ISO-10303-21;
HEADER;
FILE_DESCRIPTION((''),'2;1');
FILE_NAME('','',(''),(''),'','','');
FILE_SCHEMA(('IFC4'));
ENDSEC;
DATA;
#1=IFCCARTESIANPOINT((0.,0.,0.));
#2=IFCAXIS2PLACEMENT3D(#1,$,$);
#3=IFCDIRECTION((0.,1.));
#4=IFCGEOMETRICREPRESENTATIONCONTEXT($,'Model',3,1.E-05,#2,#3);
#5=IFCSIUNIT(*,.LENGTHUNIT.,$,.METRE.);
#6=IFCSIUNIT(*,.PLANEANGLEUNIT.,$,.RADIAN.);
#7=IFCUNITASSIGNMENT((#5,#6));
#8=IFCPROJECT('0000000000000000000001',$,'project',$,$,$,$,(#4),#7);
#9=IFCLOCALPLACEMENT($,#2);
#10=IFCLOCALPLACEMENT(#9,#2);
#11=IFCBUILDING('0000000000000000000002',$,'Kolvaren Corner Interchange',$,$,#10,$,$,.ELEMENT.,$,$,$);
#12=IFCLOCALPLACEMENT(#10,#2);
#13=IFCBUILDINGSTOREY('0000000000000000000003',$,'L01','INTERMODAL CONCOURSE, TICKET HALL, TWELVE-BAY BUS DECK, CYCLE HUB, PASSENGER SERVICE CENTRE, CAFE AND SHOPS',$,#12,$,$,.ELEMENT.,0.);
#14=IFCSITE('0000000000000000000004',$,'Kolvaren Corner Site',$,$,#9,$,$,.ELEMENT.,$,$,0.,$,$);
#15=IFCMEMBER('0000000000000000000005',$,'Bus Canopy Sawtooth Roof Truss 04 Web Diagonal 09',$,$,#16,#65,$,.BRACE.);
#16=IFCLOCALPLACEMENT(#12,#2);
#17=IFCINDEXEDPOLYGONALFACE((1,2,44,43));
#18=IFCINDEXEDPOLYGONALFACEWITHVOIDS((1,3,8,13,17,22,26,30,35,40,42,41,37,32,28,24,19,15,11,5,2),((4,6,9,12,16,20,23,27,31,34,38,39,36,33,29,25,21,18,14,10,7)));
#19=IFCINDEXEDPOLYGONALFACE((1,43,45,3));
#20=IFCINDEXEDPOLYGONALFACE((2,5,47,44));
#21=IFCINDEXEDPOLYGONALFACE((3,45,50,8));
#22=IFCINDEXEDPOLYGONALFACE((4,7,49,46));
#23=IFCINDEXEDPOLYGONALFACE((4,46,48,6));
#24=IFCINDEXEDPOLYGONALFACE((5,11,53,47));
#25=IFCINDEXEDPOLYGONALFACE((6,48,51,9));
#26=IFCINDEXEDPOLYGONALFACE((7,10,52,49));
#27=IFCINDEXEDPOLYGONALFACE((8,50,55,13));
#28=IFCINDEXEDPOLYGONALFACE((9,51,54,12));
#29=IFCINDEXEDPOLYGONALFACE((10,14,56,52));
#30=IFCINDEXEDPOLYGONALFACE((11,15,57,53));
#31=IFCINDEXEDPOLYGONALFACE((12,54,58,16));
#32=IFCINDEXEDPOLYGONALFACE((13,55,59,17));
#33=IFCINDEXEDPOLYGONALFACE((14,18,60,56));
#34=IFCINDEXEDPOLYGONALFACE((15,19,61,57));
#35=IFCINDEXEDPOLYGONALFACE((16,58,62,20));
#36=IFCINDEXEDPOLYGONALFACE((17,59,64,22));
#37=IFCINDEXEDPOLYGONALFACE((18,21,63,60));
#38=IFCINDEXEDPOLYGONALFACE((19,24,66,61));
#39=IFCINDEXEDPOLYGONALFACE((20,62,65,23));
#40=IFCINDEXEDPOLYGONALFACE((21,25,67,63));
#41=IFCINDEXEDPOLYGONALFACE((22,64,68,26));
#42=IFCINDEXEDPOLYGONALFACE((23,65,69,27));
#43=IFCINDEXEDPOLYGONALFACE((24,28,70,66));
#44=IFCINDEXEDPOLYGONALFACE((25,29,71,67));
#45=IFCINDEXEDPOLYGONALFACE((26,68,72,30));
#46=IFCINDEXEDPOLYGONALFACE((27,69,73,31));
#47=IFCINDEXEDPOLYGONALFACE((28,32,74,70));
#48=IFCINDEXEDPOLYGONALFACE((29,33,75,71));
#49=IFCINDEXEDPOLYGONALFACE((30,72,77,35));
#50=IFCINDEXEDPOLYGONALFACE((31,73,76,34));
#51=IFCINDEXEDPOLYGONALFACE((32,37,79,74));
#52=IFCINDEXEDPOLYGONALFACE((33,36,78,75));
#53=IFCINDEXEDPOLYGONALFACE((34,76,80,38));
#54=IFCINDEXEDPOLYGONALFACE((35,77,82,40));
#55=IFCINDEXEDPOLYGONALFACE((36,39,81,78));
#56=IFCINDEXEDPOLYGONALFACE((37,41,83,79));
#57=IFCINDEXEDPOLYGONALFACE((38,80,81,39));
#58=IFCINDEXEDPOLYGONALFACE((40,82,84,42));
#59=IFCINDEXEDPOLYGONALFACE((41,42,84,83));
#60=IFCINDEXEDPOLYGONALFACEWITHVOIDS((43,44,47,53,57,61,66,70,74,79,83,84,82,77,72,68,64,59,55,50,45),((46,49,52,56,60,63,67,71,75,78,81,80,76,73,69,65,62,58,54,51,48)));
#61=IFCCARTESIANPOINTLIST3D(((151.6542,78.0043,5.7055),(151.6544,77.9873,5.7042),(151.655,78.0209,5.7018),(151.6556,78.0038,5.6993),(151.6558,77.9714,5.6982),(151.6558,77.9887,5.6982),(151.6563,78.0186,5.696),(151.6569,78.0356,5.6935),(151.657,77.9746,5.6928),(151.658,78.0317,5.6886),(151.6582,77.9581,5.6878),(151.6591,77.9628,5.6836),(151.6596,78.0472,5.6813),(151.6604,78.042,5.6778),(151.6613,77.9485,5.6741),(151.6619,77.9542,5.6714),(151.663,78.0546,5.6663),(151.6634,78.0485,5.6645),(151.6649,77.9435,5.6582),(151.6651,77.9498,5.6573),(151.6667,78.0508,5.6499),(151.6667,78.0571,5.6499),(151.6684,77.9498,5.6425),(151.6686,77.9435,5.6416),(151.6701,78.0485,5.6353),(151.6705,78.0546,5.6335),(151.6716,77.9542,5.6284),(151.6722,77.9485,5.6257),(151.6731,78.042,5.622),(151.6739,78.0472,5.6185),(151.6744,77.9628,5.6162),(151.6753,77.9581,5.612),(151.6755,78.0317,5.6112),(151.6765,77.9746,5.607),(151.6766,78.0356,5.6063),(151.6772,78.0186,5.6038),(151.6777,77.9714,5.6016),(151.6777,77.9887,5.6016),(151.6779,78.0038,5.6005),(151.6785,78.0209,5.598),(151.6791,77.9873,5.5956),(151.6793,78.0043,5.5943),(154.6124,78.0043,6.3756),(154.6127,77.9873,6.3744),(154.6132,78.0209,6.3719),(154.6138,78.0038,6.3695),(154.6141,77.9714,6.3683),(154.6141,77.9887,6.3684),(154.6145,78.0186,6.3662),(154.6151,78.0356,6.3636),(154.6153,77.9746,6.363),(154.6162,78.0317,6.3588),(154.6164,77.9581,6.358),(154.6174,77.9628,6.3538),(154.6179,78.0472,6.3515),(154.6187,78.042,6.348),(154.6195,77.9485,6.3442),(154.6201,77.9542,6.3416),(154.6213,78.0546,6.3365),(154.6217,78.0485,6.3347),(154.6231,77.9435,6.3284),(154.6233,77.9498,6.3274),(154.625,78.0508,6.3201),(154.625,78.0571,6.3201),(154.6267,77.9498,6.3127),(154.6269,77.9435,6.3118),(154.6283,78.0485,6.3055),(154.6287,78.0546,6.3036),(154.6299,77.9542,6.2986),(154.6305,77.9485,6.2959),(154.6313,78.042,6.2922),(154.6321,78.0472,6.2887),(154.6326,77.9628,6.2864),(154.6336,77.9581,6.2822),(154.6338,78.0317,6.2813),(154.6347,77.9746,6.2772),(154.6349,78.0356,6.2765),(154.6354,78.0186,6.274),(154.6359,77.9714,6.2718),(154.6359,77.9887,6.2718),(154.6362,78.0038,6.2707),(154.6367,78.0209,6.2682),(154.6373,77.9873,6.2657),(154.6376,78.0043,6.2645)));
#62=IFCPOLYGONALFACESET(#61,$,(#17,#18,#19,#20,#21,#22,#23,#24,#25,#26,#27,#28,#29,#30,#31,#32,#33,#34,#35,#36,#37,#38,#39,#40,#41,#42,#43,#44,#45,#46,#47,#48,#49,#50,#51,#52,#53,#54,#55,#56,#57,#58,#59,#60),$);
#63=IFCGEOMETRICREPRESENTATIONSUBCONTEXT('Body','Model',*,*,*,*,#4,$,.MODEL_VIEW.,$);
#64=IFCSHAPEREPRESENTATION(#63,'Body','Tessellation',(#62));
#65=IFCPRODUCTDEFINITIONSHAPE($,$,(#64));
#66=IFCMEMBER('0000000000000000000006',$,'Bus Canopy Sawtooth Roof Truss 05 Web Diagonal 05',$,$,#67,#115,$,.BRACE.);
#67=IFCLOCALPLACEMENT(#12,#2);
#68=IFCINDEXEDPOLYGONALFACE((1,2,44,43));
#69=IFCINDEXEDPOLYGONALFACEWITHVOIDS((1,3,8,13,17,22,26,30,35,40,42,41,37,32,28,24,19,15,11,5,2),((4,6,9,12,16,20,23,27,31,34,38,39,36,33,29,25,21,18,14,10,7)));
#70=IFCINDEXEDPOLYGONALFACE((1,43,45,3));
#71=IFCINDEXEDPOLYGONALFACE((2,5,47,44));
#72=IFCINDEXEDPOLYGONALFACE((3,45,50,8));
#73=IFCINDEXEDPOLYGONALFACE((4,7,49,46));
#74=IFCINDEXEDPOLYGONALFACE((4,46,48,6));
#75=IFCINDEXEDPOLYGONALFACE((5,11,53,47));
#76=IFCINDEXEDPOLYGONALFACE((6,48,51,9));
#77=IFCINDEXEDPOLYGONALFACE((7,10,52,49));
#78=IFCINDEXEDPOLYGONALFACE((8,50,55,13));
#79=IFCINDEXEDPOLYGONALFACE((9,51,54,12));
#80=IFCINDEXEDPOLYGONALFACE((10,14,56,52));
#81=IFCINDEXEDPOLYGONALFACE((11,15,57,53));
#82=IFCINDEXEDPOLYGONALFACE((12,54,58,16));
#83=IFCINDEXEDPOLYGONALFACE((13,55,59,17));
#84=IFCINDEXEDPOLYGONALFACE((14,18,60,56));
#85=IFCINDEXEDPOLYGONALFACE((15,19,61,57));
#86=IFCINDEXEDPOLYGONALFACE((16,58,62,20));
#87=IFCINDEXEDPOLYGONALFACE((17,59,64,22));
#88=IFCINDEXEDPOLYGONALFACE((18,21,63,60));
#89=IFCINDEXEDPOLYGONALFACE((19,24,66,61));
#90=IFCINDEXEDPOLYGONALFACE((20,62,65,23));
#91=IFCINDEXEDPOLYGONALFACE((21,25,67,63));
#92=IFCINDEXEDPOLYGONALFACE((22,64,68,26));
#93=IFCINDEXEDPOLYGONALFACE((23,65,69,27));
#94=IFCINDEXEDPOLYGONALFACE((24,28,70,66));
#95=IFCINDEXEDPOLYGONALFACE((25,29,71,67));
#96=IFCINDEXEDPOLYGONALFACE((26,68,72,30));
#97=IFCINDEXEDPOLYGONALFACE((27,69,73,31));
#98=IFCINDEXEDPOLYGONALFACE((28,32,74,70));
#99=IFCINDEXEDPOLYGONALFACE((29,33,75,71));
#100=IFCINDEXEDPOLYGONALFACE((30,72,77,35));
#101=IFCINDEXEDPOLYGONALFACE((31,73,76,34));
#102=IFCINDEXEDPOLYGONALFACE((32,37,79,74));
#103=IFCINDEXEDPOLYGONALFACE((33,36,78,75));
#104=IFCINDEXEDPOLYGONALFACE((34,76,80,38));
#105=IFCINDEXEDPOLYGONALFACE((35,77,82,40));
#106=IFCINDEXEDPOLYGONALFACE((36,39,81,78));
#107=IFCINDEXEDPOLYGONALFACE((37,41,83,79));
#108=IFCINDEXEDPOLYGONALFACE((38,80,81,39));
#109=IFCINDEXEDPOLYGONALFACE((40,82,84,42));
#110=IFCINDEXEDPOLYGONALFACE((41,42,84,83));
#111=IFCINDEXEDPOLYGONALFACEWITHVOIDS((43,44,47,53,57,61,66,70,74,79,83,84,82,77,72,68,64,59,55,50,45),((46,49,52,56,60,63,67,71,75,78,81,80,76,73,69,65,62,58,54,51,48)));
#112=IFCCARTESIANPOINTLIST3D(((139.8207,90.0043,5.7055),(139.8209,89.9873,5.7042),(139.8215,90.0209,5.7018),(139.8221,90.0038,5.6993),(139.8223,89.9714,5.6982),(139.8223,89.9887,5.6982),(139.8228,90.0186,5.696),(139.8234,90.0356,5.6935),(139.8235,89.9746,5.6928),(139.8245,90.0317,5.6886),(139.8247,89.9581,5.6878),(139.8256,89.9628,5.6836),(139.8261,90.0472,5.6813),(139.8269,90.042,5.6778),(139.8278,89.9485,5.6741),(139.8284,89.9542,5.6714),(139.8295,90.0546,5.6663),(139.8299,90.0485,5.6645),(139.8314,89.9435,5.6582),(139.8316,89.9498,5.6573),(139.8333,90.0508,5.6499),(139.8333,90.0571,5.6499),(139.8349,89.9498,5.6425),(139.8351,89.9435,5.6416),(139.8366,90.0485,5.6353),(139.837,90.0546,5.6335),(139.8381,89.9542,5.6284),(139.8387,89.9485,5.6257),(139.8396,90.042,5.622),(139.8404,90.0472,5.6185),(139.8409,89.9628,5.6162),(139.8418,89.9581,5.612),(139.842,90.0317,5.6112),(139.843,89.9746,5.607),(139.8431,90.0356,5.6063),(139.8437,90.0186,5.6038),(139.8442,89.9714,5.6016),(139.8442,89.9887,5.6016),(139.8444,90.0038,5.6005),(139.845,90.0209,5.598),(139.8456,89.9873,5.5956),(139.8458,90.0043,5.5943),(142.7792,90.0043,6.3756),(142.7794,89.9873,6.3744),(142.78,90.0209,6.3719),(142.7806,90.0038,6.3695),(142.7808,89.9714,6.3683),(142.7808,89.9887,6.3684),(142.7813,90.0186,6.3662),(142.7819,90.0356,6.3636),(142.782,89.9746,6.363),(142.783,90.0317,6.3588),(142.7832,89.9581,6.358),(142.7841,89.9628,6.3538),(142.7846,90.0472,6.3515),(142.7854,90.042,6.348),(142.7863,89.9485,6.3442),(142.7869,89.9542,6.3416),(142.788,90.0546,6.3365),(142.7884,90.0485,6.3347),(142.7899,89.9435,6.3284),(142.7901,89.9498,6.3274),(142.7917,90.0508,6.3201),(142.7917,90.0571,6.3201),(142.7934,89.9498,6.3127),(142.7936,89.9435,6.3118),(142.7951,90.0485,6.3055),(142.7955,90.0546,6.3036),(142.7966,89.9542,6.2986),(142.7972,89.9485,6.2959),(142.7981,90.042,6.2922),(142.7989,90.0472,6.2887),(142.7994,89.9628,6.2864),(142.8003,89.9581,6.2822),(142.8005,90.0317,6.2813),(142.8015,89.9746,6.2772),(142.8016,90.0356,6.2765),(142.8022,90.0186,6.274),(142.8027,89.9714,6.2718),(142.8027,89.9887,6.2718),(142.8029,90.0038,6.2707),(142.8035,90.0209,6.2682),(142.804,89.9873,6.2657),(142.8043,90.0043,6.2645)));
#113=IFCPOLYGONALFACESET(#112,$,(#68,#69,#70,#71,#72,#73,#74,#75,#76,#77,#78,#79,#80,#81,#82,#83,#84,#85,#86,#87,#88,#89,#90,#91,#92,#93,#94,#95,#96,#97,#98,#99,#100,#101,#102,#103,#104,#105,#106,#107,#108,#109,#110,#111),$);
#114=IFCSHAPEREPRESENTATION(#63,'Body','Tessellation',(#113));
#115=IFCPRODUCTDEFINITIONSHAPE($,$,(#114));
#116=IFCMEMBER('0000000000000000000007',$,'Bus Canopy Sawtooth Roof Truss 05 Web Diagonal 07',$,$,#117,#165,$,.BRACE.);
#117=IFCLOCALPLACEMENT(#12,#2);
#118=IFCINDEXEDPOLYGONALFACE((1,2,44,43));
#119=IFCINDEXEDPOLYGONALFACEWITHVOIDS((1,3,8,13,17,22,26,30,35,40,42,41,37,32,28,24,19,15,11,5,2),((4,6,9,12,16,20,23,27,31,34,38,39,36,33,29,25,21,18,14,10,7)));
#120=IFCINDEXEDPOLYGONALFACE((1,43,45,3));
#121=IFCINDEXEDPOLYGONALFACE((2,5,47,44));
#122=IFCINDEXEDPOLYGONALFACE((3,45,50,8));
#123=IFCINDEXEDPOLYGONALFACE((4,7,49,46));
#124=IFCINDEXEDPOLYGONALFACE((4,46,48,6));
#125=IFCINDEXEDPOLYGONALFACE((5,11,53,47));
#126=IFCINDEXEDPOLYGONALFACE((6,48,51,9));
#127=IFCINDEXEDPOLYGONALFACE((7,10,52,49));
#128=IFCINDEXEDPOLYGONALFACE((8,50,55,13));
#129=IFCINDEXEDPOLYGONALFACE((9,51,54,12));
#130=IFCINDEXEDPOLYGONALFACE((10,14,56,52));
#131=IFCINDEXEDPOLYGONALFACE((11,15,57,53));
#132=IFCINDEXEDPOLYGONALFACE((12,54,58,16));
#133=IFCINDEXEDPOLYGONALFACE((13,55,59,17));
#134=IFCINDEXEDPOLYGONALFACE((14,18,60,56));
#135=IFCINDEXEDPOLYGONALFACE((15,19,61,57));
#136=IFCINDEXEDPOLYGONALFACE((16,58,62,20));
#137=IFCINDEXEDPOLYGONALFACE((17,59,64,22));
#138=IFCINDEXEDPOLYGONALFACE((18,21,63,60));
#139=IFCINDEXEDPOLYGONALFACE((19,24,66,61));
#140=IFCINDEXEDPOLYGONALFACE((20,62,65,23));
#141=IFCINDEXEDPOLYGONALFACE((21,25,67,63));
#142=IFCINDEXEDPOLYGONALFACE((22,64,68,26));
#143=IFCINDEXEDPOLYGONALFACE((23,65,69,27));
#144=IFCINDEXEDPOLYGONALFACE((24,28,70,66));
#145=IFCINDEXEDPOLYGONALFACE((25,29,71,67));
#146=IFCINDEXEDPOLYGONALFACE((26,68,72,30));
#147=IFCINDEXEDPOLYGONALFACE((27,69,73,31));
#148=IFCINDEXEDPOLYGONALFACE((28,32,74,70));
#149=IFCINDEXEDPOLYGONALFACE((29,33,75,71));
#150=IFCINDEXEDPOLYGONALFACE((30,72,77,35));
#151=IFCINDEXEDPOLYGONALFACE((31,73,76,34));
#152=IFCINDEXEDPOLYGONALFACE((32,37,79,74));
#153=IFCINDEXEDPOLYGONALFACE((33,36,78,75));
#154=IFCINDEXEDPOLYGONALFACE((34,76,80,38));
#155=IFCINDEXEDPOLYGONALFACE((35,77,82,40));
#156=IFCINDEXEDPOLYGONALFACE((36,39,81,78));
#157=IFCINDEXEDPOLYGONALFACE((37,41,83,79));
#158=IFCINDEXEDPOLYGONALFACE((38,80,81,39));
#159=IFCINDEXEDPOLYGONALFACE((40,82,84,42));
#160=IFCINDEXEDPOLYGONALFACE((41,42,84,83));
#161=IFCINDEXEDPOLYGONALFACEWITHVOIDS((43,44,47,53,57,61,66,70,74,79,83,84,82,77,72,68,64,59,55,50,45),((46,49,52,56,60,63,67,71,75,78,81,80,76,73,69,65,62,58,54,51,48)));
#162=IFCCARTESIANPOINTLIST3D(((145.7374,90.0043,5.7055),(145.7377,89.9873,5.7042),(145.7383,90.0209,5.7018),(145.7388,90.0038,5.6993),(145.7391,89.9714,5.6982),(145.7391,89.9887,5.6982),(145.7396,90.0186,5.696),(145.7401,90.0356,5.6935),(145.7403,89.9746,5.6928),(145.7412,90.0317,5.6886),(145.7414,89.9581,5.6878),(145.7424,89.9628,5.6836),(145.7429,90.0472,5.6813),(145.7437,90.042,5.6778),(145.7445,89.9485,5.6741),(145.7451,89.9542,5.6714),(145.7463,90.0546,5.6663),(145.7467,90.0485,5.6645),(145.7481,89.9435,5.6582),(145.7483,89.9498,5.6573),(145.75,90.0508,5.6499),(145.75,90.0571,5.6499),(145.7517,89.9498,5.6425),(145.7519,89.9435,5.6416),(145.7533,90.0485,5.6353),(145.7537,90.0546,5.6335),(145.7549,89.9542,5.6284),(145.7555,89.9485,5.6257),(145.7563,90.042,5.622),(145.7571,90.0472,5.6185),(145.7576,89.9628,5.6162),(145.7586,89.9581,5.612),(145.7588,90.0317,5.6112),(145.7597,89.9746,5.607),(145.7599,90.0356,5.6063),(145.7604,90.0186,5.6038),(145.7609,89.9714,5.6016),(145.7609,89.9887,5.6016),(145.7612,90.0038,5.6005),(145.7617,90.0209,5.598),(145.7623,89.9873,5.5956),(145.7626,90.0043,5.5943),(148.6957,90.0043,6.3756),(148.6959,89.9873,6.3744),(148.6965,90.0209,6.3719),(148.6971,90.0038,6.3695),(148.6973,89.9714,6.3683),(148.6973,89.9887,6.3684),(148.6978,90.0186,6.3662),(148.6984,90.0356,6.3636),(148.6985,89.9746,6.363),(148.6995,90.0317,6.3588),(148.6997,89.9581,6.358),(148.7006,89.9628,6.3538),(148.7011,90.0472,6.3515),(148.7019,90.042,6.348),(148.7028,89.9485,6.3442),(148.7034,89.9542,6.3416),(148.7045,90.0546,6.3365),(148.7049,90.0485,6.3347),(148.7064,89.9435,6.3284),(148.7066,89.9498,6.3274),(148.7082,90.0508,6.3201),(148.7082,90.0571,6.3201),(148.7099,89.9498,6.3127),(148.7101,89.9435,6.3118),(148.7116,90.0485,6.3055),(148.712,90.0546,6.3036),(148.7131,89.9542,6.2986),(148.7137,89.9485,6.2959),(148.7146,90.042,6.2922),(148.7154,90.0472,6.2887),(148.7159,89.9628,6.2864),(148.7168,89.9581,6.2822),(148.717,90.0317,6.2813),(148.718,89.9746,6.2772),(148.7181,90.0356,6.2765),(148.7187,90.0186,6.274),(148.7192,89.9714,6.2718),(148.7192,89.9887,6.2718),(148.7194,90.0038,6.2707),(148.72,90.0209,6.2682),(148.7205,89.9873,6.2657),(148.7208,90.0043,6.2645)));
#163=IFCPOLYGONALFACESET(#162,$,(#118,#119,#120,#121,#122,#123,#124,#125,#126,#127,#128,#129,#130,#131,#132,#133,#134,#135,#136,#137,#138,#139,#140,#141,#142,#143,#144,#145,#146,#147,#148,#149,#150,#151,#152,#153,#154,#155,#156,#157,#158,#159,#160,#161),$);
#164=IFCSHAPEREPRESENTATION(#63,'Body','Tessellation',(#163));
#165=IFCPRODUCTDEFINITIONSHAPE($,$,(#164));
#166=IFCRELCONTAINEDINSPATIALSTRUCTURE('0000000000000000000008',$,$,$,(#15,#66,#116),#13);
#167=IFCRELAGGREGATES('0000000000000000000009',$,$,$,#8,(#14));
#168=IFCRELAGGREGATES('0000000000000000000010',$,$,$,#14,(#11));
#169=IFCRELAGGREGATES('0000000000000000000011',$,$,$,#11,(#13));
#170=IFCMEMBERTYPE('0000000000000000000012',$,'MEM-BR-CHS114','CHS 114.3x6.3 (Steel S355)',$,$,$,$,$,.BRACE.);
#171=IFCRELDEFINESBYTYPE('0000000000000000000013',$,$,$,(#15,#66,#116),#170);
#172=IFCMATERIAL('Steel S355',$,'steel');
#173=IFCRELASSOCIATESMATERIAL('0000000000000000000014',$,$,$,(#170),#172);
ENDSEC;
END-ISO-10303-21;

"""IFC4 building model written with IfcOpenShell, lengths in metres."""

from ifc_helpers import new_model, si_unit, direction, frame, origin, origin_2d, place, context, subcontext, project, spatial, hollow_circle, extrude, material, material_profile, profile_set, type_object, element, save


model = new_model("IFC4")

# Units and contexts
model_context = context("Model", 3, precision=1e-05, world=origin(), true_north=direction((0.0, 1.0)))
body_context = subcontext(model_context, "Body", "Model", "MODEL_VIEW")
ifc_project = project(units=[si_unit("LENGTHUNIT", "METRE"), si_unit("PLANEANGLEUNIT", "RADIAN")], contexts=[model_context])

# Site, building, storey
site_placement = place(None, origin())
site = spatial("IfcSite", under=ifc_project, at=site_placement, Name="Kolvaren Corner Site", CompositionType="ELEMENT", RefElevation=0.0)
building_placement = place(site_placement, origin())
building = spatial("IfcBuilding", under=site, at=building_placement, Name="Kolvaren Corner Interchange", CompositionType="ELEMENT")
storey_placement = place(building_placement, origin())
storey = spatial("IfcBuildingStorey", under=building, at=storey_placement, Name="L01", Description="INTERMODAL CONCOURSE, TICKET HALL, TWELVE-BAY BUS DECK, CYCLE HUB, PASSENGER SERVICE CENTRE, CAFE AND SHOPS", CompositionType="ELEMENT", Elevation=0.0)

# Members
ifc_material_1 = material(Name="Steel S355", Category="steel")
ifc_material_profile_1 = material_profile(ifc_material_1, hollow_circle(Radius=0.0571, WallThickness=0.0063, at=origin_2d()), Name="CHS 114.3x6.3")
ifc_profile_set_1 = profile_set([ifc_material_profile_1], Name="Steel S355")
member_type_1 = type_object("IfcMemberType", Name="MEM-BR-CHS114", Description="CHS 114.3x6.3 (Steel S355)", PredefinedType="BRACE", material=ifc_profile_set_1)
member_1_placement = place(storey_placement, frame((151.6667, 78.0, 5.6499), z_axis=(0.975287, 0.0, 0.220943), x_axis=(0.0, 1.0, 0.0)))
element("IfcMember", 1, at=member_1_placement, inside=storey, type_object=member_type_1, Name="Bus Canopy Sawtooth Roof Truss 04 Web Diagonal 09", PredefinedType="BRACE", context=body_context, shape_type="SweptSolid", body=[
    extrude(hollow_circle(Radius=0.0571, WallThickness=0.0063, at=origin_2d()), origin(), (0.0, 0.0, 1.0), 3.0332),
])
member_2_placement = place(storey_placement, frame((139.8333, 90.0, 5.6499), z_axis=(0.975291, 0.0, 0.220925), x_axis=(0.0, 1.0, 0.0)))
element("IfcMember", 2, at=member_2_placement, inside=storey, type_object=member_type_1, Name="Bus Canopy Sawtooth Roof Truss 05 Web Diagonal 05", PredefinedType="BRACE", context=body_context, shape_type="SweptSolid", body=[
    extrude(hollow_circle(Radius=0.0571, WallThickness=0.0063, at=origin_2d()), origin(), (0.0, 0.0, 1.0), 3.0334),
])
member_3_placement = place(storey_placement, frame((145.75, 90.0, 5.6499), z_axis=(0.975287, 0.0, 0.220943), x_axis=(0.0, 1.0, 0.0)))
element("IfcMember", 3, at=member_3_placement, inside=storey, type_object=member_type_1, Name="Bus Canopy Sawtooth Roof Truss 05 Web Diagonal 07", PredefinedType="BRACE", context=body_context, shape_type="SweptSolid", body=[
    extrude(hollow_circle(Radius=0.0571, WallThickness=0.0063, at=origin_2d()), origin(), (0.0, 0.0, 1.0), 3.0332),
])

save(model, "model.ifc")
